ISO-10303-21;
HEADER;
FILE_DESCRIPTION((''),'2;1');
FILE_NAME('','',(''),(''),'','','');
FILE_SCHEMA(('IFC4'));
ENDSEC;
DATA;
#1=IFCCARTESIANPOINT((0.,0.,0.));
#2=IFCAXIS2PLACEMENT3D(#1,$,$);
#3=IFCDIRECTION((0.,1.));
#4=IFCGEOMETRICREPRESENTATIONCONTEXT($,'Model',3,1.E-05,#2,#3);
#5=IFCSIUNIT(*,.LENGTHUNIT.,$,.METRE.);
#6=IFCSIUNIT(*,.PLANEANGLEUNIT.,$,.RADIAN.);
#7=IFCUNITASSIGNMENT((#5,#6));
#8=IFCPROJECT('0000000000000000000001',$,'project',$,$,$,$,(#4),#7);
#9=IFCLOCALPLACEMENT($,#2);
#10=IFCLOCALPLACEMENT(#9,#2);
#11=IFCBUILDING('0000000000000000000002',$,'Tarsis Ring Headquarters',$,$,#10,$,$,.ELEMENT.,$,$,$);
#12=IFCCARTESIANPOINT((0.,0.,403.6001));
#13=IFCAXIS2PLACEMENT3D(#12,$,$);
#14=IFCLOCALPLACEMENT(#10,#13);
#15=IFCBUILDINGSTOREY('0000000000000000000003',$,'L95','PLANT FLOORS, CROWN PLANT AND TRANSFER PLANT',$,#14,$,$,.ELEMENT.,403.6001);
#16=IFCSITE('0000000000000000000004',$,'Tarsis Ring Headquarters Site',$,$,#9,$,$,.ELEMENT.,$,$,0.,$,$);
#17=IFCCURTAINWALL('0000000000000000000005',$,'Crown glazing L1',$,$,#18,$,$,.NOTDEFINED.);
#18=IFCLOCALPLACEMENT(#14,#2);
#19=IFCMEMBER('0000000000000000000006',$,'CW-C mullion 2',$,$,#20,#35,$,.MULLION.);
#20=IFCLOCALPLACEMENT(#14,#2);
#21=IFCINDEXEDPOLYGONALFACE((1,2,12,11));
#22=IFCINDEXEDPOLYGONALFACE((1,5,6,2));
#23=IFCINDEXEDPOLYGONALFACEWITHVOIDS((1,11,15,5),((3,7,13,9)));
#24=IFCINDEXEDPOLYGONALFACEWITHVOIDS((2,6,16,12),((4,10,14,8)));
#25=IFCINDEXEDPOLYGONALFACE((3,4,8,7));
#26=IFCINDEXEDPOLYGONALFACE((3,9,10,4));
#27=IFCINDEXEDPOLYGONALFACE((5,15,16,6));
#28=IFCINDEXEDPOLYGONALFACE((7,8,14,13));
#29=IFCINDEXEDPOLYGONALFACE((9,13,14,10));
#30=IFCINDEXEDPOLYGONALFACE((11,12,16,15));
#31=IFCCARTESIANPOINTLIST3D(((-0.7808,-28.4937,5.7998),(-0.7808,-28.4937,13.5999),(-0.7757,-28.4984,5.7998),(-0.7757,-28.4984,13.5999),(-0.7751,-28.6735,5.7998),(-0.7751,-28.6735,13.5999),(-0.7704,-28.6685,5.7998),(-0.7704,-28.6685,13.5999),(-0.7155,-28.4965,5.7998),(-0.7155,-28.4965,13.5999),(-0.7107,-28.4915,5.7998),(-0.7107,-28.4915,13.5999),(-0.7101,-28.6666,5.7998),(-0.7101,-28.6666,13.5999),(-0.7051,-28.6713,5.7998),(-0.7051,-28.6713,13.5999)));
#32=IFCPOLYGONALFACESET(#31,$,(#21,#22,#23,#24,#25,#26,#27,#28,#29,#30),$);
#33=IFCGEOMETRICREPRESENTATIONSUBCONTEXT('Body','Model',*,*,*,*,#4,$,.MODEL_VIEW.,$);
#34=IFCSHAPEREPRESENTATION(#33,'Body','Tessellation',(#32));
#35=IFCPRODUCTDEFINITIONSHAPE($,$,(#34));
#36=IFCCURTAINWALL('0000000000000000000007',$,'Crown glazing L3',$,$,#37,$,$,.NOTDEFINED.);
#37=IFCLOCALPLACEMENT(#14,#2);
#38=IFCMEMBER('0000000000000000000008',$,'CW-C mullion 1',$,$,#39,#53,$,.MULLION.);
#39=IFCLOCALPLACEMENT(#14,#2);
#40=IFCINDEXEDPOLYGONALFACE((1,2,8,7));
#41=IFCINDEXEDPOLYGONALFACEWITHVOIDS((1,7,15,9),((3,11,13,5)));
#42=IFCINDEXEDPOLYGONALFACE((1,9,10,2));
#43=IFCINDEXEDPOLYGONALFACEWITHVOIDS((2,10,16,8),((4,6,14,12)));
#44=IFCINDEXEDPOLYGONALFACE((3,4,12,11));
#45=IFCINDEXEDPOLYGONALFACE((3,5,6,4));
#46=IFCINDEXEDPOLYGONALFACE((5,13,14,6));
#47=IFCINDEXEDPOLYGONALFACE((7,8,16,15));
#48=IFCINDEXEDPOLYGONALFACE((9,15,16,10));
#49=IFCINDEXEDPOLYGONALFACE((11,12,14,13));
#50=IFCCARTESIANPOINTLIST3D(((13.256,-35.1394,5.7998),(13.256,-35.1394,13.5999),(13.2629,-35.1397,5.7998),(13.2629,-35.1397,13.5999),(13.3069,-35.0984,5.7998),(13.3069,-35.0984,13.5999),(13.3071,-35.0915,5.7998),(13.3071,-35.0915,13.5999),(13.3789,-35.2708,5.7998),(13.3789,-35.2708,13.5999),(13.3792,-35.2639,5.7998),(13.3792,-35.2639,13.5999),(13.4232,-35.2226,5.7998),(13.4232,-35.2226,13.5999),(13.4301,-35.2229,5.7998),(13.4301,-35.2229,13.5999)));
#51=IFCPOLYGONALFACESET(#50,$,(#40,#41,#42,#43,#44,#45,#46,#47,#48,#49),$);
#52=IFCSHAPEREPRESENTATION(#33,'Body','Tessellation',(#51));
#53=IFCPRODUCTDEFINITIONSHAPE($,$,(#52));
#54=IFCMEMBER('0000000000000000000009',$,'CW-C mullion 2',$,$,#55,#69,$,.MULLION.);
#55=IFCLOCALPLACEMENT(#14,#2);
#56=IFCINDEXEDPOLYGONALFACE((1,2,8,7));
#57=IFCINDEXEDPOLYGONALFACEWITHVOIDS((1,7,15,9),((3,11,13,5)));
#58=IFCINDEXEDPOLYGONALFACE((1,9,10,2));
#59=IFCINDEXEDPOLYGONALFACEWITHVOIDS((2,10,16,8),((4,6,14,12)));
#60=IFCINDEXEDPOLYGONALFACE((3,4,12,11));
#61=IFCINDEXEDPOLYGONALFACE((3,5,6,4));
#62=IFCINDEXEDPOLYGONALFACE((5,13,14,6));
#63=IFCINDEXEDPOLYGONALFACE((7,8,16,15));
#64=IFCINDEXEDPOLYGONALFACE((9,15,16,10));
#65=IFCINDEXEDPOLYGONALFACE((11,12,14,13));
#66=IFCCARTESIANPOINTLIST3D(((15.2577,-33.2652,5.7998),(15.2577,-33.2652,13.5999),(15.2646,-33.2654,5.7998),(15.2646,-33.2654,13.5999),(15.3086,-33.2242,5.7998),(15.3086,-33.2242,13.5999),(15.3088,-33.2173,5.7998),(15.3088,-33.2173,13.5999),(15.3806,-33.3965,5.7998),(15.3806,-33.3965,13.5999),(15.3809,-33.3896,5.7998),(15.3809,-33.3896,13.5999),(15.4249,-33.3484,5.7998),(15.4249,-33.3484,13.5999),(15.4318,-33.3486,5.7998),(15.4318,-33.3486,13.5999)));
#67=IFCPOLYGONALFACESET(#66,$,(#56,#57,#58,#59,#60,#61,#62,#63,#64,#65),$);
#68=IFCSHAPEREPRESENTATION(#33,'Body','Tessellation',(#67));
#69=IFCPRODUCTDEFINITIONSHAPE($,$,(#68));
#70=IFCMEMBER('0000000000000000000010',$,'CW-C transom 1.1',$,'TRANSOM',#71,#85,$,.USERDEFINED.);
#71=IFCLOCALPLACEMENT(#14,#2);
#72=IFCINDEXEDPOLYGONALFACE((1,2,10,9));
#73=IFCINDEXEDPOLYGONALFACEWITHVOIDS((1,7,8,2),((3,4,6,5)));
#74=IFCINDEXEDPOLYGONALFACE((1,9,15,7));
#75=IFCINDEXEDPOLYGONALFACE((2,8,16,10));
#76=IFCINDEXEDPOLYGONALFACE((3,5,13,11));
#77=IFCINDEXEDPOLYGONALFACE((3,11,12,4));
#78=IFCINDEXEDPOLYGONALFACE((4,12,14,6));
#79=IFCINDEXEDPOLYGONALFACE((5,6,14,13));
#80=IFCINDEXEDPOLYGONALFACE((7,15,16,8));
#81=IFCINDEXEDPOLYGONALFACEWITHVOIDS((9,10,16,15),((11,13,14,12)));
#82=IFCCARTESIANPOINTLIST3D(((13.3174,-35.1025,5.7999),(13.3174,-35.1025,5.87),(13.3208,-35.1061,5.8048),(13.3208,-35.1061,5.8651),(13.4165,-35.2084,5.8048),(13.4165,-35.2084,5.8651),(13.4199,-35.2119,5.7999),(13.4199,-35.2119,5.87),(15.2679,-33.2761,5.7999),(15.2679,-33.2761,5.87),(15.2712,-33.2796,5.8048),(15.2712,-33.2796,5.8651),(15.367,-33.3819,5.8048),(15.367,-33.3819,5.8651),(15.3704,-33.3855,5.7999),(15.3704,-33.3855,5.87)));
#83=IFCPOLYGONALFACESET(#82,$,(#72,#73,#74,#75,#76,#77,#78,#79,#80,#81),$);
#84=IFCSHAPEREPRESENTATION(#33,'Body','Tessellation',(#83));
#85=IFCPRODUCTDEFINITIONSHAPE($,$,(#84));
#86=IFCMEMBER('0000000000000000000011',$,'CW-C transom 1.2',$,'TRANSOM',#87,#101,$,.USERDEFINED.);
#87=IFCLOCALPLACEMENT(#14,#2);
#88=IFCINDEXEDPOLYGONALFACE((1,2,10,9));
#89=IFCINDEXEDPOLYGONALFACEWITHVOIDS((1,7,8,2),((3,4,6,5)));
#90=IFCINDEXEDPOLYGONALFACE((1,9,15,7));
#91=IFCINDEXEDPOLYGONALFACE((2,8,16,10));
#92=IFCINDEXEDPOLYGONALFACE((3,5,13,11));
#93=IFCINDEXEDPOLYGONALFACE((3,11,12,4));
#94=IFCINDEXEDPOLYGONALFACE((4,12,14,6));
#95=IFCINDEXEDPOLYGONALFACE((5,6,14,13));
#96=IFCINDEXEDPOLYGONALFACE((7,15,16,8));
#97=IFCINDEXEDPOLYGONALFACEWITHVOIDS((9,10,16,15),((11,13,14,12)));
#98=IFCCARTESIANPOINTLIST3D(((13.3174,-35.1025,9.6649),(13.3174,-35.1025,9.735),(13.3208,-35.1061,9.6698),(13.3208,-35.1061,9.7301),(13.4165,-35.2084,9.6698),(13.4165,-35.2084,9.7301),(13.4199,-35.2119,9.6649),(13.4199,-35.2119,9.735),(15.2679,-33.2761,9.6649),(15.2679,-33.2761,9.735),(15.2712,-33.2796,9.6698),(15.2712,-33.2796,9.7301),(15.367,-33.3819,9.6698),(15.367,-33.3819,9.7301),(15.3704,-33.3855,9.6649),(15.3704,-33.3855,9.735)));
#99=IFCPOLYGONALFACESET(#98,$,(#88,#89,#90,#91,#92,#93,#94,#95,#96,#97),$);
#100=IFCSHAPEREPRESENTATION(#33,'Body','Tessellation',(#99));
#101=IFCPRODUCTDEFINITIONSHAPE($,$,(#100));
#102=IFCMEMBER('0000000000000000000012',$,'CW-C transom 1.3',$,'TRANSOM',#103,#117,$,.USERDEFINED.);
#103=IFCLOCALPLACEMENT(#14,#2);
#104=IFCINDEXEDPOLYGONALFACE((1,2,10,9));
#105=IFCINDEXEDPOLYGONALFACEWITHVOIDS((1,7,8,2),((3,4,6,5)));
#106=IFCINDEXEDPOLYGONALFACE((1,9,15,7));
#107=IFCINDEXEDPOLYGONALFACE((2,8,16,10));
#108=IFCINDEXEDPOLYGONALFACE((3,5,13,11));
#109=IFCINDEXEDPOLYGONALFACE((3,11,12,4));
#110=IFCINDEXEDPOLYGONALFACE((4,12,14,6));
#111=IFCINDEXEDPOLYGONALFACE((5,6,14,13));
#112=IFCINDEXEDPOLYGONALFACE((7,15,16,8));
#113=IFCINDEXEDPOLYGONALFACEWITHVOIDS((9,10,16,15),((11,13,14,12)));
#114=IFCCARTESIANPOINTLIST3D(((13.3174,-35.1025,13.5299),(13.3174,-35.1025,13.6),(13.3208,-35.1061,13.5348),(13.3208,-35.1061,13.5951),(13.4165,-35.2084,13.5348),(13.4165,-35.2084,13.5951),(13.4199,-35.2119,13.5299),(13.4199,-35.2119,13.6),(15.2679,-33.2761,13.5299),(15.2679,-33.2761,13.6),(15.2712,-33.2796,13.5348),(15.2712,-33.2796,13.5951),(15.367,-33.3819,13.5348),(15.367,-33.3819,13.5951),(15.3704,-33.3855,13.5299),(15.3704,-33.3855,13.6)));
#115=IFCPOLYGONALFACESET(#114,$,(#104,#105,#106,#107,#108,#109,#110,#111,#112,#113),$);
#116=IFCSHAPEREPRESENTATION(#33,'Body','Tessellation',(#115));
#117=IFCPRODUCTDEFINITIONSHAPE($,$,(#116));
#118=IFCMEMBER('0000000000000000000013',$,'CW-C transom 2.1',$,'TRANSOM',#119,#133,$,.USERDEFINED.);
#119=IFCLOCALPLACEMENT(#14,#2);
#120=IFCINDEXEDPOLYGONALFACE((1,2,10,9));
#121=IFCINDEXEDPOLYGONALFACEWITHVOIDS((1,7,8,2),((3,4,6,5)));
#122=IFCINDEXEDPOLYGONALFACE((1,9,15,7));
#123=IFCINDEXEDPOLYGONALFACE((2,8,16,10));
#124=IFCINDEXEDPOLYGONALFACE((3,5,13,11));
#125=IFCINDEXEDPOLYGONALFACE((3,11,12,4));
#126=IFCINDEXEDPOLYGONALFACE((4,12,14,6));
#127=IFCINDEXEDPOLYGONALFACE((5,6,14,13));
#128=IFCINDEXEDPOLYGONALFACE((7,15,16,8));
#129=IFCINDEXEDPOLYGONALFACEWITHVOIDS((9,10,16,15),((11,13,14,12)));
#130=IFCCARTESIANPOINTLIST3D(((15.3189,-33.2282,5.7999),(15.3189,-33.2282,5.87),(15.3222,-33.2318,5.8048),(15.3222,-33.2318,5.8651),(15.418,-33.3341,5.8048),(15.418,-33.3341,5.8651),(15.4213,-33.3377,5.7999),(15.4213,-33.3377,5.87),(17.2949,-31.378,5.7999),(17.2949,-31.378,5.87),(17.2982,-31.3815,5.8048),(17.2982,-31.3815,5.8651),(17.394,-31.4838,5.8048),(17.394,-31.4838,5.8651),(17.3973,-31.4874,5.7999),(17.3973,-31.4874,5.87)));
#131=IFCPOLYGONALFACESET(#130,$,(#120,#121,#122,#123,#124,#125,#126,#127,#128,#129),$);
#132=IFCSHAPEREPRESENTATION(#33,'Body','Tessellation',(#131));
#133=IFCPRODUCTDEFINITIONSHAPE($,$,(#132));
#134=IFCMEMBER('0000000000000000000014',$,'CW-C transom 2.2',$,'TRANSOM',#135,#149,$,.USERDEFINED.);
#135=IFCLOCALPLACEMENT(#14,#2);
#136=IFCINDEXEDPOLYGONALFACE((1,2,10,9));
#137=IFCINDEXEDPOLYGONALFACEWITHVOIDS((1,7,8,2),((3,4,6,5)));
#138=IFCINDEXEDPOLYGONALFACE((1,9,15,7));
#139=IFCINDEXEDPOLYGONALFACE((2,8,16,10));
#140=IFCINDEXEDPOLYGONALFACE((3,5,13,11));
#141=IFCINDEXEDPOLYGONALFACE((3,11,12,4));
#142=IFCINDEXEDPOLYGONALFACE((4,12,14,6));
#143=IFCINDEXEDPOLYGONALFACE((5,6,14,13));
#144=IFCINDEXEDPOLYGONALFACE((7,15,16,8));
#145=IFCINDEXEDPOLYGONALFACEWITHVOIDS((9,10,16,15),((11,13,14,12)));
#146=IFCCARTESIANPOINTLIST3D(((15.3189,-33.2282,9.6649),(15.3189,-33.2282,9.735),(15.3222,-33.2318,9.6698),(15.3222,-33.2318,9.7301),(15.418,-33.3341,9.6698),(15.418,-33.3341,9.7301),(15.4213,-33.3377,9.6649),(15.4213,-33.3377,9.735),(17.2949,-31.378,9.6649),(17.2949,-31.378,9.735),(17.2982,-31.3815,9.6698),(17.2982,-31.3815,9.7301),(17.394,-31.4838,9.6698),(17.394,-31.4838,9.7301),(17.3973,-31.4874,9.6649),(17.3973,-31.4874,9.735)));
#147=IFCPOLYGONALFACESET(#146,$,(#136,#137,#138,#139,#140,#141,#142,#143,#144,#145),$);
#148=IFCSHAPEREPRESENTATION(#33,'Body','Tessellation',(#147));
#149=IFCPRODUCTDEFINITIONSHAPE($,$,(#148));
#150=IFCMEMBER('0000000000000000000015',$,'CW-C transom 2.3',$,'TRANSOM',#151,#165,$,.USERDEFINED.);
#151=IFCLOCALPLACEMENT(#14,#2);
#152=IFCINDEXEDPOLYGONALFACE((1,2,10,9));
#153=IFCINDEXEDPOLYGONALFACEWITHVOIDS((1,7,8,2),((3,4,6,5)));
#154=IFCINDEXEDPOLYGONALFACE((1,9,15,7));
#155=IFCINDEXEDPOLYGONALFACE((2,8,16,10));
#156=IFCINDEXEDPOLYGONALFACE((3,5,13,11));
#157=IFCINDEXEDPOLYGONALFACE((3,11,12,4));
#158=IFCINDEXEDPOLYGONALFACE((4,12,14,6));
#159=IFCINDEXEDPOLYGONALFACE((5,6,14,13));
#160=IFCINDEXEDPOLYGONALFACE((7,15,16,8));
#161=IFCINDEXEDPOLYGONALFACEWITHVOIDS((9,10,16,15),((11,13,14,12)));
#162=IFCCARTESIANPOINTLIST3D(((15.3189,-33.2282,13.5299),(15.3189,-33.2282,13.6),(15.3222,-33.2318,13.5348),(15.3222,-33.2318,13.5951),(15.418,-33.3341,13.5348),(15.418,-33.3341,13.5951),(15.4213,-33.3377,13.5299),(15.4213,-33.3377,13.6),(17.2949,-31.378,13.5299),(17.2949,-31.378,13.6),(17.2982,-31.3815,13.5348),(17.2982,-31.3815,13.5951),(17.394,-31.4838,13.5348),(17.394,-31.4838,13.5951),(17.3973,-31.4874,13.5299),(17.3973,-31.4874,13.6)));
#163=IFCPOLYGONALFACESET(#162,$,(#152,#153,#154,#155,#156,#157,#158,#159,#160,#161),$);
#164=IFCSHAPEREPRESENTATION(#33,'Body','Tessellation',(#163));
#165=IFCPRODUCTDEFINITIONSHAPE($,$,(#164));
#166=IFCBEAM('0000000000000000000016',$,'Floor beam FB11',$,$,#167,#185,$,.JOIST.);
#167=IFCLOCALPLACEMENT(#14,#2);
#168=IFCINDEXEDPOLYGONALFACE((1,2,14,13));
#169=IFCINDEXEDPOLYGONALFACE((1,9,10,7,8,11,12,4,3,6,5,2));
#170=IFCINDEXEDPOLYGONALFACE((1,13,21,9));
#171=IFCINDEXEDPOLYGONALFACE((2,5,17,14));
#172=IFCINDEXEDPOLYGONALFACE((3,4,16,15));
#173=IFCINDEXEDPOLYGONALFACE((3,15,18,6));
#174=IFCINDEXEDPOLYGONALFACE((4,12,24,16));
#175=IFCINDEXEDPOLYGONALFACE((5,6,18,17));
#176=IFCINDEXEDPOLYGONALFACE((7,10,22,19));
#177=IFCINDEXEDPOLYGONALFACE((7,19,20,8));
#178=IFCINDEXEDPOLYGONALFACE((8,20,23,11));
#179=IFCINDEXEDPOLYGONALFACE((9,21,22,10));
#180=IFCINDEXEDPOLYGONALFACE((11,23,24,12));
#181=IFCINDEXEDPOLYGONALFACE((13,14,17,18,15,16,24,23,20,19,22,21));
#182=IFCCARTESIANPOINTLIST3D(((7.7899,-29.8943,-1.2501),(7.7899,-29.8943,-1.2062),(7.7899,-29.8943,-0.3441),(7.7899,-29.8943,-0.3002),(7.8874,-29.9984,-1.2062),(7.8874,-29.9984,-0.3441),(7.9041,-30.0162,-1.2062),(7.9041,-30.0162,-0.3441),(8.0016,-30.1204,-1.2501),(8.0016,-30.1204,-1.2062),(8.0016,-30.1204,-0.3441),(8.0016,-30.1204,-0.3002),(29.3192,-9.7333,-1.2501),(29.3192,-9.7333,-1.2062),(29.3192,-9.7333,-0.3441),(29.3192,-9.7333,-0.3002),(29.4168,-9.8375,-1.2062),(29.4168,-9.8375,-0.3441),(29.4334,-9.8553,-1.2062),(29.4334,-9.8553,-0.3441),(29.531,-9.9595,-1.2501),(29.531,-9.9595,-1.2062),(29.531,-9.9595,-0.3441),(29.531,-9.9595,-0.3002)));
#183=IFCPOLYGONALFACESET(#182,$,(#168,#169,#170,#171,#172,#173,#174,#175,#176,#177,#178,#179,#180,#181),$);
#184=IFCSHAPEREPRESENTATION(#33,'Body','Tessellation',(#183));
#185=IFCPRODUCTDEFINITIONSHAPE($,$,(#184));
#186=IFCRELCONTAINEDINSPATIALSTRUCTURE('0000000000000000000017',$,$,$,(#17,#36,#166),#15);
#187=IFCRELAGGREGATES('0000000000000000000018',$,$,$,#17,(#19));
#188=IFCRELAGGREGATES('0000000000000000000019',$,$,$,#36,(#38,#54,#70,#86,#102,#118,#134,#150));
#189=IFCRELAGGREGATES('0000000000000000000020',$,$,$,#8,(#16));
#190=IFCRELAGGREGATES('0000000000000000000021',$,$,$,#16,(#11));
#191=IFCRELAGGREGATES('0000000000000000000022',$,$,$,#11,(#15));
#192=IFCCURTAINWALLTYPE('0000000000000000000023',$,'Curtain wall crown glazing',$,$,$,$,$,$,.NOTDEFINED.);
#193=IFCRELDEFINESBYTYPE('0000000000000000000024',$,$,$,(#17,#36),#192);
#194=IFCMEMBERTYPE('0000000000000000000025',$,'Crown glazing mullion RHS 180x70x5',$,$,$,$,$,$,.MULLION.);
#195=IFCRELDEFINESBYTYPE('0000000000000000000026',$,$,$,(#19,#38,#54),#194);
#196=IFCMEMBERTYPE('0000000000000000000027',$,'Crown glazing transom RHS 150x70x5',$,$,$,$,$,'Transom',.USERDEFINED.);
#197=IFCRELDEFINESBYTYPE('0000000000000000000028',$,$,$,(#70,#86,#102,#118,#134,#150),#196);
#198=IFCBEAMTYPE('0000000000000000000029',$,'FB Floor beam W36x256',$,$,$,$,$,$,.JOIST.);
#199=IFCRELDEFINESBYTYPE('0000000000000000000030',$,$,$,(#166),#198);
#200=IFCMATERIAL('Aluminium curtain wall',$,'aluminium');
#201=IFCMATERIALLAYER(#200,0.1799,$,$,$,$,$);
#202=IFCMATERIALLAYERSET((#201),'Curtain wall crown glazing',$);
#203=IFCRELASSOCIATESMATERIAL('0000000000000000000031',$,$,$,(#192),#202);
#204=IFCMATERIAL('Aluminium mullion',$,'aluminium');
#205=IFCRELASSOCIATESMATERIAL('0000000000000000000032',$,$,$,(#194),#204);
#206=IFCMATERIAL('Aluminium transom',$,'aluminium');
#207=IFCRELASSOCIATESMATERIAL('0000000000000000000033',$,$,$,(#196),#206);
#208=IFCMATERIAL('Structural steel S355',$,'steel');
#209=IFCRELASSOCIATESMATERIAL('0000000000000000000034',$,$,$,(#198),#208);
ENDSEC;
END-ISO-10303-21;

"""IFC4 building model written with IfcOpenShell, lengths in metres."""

from ifc_helpers import new_model, si_unit, direction, frame, origin, origin_2d, place, context, subcontext, project, spatial, hollow_rectangle, i_section, extrude, material, layer, layer_set, material_profile, profile_set, type_object, element, aggregate, save


model = new_model("IFC4")

# Units and contexts
model_context = context("Model", 3, precision=1e-05, world=origin(), true_north=direction((0.0, 1.0)))
body_context = subcontext(model_context, "Body", "Model", "MODEL_VIEW")
ifc_project = project(units=[si_unit("LENGTHUNIT", "METRE"), si_unit("PLANEANGLEUNIT", "RADIAN")], contexts=[model_context])

# Site, building, storey
site_placement = place(None, origin())
site = spatial("IfcSite", under=ifc_project, at=site_placement, Name="Tarsis Ring Headquarters Site", CompositionType="ELEMENT", RefElevation=0.0)
building_placement = place(site_placement, origin())
building = spatial("IfcBuilding", under=site, at=building_placement, Name="Tarsis Ring Headquarters", CompositionType="ELEMENT")
storey_placement = place(building_placement, frame((0.0, 0.0, 403.6001)))
storey = spatial("IfcBuildingStorey", under=building, at=storey_placement, Name="L95", Description="PLANT FLOORS, CROWN PLANT AND TRANSFER PLANT", CompositionType="ELEMENT", Elevation=403.6001)

# Shared definitions
ifc_material_1 = material(Name="Structural steel S355", Category="steel")

# Curtain wall, member
ifc_material_2 = material(Name="Aluminium curtain wall", Category="aluminium")
ifc_layer_1 = layer(ifc_material_2, 0.1799)
ifc_layer_set_1 = layer_set([ifc_layer_1], Name="Curtain wall crown glazing")
curtain_wall_type = type_object("IfcCurtainWallType", Name="Curtain wall crown glazing", PredefinedType="NOTDEFINED", material=ifc_layer_set_1)
curtain_wall_1_placement = place(storey_placement, origin())
curtain_wall_1 = element("IfcCurtainWall", 1, at=curtain_wall_1_placement, inside=storey, type_object=curtain_wall_type, Name="Crown glazing L1", PredefinedType="NOTDEFINED")
ifc_material_3 = material(Name="Aluminium mullion", Category="aluminium")
ifc_material_profile_1 = material_profile(ifc_material_3, hollow_rectangle(XDim=0.1799, YDim=0.0701, WallThickness=0.0049, at=origin_2d()), Name="RHS 180x70x5")
ifc_profile_set_1 = profile_set([ifc_material_profile_1], Name="Aluminium mullion")
member_type_1 = type_object("IfcMemberType", Name="Crown glazing mullion RHS 180x70x5", PredefinedType="MULLION", material=ifc_profile_set_1)
member_1_placement = place(storey_placement, frame((-0.7429, -28.5825, 5.7998), z_axis=(0.0, 0.0, 1.0), x_axis=(-0.031498, 0.999504, 0.0)))
member_1 = element("IfcMember", 2, at=member_1_placement, type_object=member_type_1, Name="CW-C mullion 2", PredefinedType="MULLION", context=body_context, shape_type="SweptSolid", body=[
    extrude(hollow_rectangle(XDim=0.1799, YDim=0.0701, WallThickness=0.0049, at=origin_2d()), origin(), (0.0, 0.0, 1.0), 7.8),
])

# Curtain wall, members
curtain_wall_2_placement = place(storey_placement, origin())
curtain_wall_2 = element("IfcCurtainWall", 3, at=curtain_wall_2_placement, inside=storey, type_object=curtain_wall_type, Name="Crown glazing L3", PredefinedType="NOTDEFINED")
member_2_placement = place(storey_placement, frame((13.343, -35.1812, 5.7998), z_axis=(0.0, 0.0, 1.0), x_axis=(-0.683529, 0.729924, 0.0)))
member_2 = element("IfcMember", 4, at=member_2_placement, type_object=member_type_1, Name="CW-C mullion 1", PredefinedType="MULLION", context=body_context, shape_type="SweptSolid", body=[
    extrude(hollow_rectangle(XDim=0.1799, YDim=0.0701, WallThickness=0.0049, at=origin_2d()), origin(), (0.0, 0.0, 1.0), 7.8),
])
member_3_placement = place(storey_placement, frame((15.3447, -33.3069, 5.7998), z_axis=(0.0, 0.0, 1.0), x_axis=(-0.683529, 0.729924, 0.0)))
member_3 = element("IfcMember", 5, at=member_3_placement, type_object=member_type_1, Name="CW-C mullion 2", PredefinedType="MULLION", context=body_context, shape_type="SweptSolid", body=[
    extrude(hollow_rectangle(XDim=0.1799, YDim=0.0701, WallThickness=0.0049, at=origin_2d()), origin(), (0.0, 0.0, 1.0), 7.8),
])
ifc_material_4 = material(Name="Aluminium transom", Category="aluminium")
ifc_material_profile_2 = material_profile(ifc_material_4, hollow_rectangle(XDim=0.1499, YDim=0.0701, WallThickness=0.0049, at=origin_2d()), Name="RHS 150x70x5")
ifc_profile_set_2 = profile_set([ifc_material_profile_2], Name="Aluminium transom")
member_type_2 = type_object("IfcMemberType", Name="Crown glazing transom RHS 150x70x5", ElementType="Transom", PredefinedType="USERDEFINED", material=ifc_profile_set_2)
member_4_placement = place(storey_placement, frame((13.3687, -35.1572, 5.835), z_axis=(0.729933, 0.683519, 0.0), x_axis=(-0.683519, 0.729933, 0.0)))
member_4 = element("IfcMember", 6, at=member_4_placement, type_object=member_type_2, Name="CW-C transom 1.1", ObjectType="TRANSOM", PredefinedType="USERDEFINED", context=body_context, shape_type="SweptSolid", body=[
    extrude(hollow_rectangle(XDim=0.1499, YDim=0.0701, WallThickness=0.0049, at=origin_2d()), origin(), (0.0, 0.0, 1.0), 2.6721),
])
member_5_placement = place(storey_placement, frame((13.3687, -35.1572, 9.7), z_axis=(0.729933, 0.683519, 0.0), x_axis=(-0.683519, 0.729933, 0.0)))
member_5 = element("IfcMember", 7, at=member_5_placement, type_object=member_type_2, Name="CW-C transom 1.2", ObjectType="TRANSOM", PredefinedType="USERDEFINED", context=body_context, shape_type="SweptSolid", body=[
    extrude(hollow_rectangle(XDim=0.1499, YDim=0.0701, WallThickness=0.0049, at=origin_2d()), origin(), (0.0, 0.0, 1.0), 2.6721),
])
member_6_placement = place(storey_placement, frame((13.3687, -35.1572, 13.5649), z_axis=(0.729933, 0.683519, 0.0), x_axis=(-0.683519, 0.729933, 0.0)))
member_6 = element("IfcMember", 8, at=member_6_placement, type_object=member_type_2, Name="CW-C transom 1.3", ObjectType="TRANSOM", PredefinedType="USERDEFINED", context=body_context, shape_type="SweptSolid", body=[
    extrude(hollow_rectangle(XDim=0.1499, YDim=0.0701, WallThickness=0.0049, at=origin_2d()), origin(), (0.0, 0.0, 1.0), 2.6721),
])
member_7_placement = place(storey_placement, frame((15.3701, -33.283, 5.835), z_axis=(0.729948, 0.683503, 0.0), x_axis=(-0.683503, 0.729948, 0.0)))
member_7 = element("IfcMember", 9, at=member_7_placement, type_object=member_type_2, Name="CW-C transom 2.1", ObjectType="TRANSOM", PredefinedType="USERDEFINED", context=body_context, shape_type="SweptSolid", body=[
    extrude(hollow_rectangle(XDim=0.1499, YDim=0.0701, WallThickness=0.0049, at=origin_2d()), origin(), (0.0, 0.0, 1.0), 2.707),
])
member_8_placement = place(storey_placement, frame((15.3701, -33.283, 9.7), z_axis=(0.729948, 0.683503, 0.0), x_axis=(-0.683503, 0.729948, 0.0)))
member_8 = element("IfcMember", 10, at=member_8_placement, type_object=member_type_2, Name="CW-C transom 2.2", ObjectType="TRANSOM", PredefinedType="USERDEFINED", context=body_context, shape_type="SweptSolid", body=[
    extrude(hollow_rectangle(XDim=0.1499, YDim=0.0701, WallThickness=0.0049, at=origin_2d()), origin(), (0.0, 0.0, 1.0), 2.707),
])
member_9_placement = place(storey_placement, frame((15.3701, -33.283, 13.5649), z_axis=(0.729948, 0.683503, 0.0), x_axis=(-0.683503, 0.729948, 0.0)))
member_9 = element("IfcMember", 11, at=member_9_placement, type_object=member_type_2, Name="CW-C transom 2.3", ObjectType="TRANSOM", PredefinedType="USERDEFINED", context=body_context, shape_type="SweptSolid", body=[
    extrude(hollow_rectangle(XDim=0.1499, YDim=0.0701, WallThickness=0.0049, at=origin_2d()), origin(), (0.0, 0.0, 1.0), 2.707),
])

# Beam
ifc_material_profile_3 = material_profile(ifc_material_1, i_section(OverallWidth=0.3098, OverallDepth=0.95, WebThickness=0.0244, FlangeThickness=0.0439, at=origin_2d()), Name="W36x256")
ifc_profile_set_3 = profile_set([ifc_material_profile_3], Name="Structural steel S355")
beam_type_1 = type_object("IfcBeamType", Name="FB Floor beam W36x256", PredefinedType="JOIST", material=ifc_profile_set_3)
for number, where, z_axis, x_axis, name in (
    (12, (7.8958, -30.0073, -0.7751), (0.729923, 0.683529, 0.0), (-0.683529, 0.729923, 0.0), "Floor beam FB11"),
):
    element("IfcBeam", number, at=place(storey_placement, frame(where, z_axis=z_axis, x_axis=x_axis)), inside=storey, type_object=beam_type_1, Name=name, PredefinedType="JOIST", context=body_context, shape_type="SweptSolid", body=[
        extrude(i_section(OverallWidth=0.3098, OverallDepth=0.95, WebThickness=0.0244, FlangeThickness=0.0439, at=origin_2d()), origin(), (0.0, 0.0, 1.0), 29.4954),
    ])

aggregate(curtain_wall_1, [member_1])
aggregate(curtain_wall_2, [member_2, member_3, member_4, member_5, member_6, member_7, member_8, member_9])

save(model, "model.ifc")
